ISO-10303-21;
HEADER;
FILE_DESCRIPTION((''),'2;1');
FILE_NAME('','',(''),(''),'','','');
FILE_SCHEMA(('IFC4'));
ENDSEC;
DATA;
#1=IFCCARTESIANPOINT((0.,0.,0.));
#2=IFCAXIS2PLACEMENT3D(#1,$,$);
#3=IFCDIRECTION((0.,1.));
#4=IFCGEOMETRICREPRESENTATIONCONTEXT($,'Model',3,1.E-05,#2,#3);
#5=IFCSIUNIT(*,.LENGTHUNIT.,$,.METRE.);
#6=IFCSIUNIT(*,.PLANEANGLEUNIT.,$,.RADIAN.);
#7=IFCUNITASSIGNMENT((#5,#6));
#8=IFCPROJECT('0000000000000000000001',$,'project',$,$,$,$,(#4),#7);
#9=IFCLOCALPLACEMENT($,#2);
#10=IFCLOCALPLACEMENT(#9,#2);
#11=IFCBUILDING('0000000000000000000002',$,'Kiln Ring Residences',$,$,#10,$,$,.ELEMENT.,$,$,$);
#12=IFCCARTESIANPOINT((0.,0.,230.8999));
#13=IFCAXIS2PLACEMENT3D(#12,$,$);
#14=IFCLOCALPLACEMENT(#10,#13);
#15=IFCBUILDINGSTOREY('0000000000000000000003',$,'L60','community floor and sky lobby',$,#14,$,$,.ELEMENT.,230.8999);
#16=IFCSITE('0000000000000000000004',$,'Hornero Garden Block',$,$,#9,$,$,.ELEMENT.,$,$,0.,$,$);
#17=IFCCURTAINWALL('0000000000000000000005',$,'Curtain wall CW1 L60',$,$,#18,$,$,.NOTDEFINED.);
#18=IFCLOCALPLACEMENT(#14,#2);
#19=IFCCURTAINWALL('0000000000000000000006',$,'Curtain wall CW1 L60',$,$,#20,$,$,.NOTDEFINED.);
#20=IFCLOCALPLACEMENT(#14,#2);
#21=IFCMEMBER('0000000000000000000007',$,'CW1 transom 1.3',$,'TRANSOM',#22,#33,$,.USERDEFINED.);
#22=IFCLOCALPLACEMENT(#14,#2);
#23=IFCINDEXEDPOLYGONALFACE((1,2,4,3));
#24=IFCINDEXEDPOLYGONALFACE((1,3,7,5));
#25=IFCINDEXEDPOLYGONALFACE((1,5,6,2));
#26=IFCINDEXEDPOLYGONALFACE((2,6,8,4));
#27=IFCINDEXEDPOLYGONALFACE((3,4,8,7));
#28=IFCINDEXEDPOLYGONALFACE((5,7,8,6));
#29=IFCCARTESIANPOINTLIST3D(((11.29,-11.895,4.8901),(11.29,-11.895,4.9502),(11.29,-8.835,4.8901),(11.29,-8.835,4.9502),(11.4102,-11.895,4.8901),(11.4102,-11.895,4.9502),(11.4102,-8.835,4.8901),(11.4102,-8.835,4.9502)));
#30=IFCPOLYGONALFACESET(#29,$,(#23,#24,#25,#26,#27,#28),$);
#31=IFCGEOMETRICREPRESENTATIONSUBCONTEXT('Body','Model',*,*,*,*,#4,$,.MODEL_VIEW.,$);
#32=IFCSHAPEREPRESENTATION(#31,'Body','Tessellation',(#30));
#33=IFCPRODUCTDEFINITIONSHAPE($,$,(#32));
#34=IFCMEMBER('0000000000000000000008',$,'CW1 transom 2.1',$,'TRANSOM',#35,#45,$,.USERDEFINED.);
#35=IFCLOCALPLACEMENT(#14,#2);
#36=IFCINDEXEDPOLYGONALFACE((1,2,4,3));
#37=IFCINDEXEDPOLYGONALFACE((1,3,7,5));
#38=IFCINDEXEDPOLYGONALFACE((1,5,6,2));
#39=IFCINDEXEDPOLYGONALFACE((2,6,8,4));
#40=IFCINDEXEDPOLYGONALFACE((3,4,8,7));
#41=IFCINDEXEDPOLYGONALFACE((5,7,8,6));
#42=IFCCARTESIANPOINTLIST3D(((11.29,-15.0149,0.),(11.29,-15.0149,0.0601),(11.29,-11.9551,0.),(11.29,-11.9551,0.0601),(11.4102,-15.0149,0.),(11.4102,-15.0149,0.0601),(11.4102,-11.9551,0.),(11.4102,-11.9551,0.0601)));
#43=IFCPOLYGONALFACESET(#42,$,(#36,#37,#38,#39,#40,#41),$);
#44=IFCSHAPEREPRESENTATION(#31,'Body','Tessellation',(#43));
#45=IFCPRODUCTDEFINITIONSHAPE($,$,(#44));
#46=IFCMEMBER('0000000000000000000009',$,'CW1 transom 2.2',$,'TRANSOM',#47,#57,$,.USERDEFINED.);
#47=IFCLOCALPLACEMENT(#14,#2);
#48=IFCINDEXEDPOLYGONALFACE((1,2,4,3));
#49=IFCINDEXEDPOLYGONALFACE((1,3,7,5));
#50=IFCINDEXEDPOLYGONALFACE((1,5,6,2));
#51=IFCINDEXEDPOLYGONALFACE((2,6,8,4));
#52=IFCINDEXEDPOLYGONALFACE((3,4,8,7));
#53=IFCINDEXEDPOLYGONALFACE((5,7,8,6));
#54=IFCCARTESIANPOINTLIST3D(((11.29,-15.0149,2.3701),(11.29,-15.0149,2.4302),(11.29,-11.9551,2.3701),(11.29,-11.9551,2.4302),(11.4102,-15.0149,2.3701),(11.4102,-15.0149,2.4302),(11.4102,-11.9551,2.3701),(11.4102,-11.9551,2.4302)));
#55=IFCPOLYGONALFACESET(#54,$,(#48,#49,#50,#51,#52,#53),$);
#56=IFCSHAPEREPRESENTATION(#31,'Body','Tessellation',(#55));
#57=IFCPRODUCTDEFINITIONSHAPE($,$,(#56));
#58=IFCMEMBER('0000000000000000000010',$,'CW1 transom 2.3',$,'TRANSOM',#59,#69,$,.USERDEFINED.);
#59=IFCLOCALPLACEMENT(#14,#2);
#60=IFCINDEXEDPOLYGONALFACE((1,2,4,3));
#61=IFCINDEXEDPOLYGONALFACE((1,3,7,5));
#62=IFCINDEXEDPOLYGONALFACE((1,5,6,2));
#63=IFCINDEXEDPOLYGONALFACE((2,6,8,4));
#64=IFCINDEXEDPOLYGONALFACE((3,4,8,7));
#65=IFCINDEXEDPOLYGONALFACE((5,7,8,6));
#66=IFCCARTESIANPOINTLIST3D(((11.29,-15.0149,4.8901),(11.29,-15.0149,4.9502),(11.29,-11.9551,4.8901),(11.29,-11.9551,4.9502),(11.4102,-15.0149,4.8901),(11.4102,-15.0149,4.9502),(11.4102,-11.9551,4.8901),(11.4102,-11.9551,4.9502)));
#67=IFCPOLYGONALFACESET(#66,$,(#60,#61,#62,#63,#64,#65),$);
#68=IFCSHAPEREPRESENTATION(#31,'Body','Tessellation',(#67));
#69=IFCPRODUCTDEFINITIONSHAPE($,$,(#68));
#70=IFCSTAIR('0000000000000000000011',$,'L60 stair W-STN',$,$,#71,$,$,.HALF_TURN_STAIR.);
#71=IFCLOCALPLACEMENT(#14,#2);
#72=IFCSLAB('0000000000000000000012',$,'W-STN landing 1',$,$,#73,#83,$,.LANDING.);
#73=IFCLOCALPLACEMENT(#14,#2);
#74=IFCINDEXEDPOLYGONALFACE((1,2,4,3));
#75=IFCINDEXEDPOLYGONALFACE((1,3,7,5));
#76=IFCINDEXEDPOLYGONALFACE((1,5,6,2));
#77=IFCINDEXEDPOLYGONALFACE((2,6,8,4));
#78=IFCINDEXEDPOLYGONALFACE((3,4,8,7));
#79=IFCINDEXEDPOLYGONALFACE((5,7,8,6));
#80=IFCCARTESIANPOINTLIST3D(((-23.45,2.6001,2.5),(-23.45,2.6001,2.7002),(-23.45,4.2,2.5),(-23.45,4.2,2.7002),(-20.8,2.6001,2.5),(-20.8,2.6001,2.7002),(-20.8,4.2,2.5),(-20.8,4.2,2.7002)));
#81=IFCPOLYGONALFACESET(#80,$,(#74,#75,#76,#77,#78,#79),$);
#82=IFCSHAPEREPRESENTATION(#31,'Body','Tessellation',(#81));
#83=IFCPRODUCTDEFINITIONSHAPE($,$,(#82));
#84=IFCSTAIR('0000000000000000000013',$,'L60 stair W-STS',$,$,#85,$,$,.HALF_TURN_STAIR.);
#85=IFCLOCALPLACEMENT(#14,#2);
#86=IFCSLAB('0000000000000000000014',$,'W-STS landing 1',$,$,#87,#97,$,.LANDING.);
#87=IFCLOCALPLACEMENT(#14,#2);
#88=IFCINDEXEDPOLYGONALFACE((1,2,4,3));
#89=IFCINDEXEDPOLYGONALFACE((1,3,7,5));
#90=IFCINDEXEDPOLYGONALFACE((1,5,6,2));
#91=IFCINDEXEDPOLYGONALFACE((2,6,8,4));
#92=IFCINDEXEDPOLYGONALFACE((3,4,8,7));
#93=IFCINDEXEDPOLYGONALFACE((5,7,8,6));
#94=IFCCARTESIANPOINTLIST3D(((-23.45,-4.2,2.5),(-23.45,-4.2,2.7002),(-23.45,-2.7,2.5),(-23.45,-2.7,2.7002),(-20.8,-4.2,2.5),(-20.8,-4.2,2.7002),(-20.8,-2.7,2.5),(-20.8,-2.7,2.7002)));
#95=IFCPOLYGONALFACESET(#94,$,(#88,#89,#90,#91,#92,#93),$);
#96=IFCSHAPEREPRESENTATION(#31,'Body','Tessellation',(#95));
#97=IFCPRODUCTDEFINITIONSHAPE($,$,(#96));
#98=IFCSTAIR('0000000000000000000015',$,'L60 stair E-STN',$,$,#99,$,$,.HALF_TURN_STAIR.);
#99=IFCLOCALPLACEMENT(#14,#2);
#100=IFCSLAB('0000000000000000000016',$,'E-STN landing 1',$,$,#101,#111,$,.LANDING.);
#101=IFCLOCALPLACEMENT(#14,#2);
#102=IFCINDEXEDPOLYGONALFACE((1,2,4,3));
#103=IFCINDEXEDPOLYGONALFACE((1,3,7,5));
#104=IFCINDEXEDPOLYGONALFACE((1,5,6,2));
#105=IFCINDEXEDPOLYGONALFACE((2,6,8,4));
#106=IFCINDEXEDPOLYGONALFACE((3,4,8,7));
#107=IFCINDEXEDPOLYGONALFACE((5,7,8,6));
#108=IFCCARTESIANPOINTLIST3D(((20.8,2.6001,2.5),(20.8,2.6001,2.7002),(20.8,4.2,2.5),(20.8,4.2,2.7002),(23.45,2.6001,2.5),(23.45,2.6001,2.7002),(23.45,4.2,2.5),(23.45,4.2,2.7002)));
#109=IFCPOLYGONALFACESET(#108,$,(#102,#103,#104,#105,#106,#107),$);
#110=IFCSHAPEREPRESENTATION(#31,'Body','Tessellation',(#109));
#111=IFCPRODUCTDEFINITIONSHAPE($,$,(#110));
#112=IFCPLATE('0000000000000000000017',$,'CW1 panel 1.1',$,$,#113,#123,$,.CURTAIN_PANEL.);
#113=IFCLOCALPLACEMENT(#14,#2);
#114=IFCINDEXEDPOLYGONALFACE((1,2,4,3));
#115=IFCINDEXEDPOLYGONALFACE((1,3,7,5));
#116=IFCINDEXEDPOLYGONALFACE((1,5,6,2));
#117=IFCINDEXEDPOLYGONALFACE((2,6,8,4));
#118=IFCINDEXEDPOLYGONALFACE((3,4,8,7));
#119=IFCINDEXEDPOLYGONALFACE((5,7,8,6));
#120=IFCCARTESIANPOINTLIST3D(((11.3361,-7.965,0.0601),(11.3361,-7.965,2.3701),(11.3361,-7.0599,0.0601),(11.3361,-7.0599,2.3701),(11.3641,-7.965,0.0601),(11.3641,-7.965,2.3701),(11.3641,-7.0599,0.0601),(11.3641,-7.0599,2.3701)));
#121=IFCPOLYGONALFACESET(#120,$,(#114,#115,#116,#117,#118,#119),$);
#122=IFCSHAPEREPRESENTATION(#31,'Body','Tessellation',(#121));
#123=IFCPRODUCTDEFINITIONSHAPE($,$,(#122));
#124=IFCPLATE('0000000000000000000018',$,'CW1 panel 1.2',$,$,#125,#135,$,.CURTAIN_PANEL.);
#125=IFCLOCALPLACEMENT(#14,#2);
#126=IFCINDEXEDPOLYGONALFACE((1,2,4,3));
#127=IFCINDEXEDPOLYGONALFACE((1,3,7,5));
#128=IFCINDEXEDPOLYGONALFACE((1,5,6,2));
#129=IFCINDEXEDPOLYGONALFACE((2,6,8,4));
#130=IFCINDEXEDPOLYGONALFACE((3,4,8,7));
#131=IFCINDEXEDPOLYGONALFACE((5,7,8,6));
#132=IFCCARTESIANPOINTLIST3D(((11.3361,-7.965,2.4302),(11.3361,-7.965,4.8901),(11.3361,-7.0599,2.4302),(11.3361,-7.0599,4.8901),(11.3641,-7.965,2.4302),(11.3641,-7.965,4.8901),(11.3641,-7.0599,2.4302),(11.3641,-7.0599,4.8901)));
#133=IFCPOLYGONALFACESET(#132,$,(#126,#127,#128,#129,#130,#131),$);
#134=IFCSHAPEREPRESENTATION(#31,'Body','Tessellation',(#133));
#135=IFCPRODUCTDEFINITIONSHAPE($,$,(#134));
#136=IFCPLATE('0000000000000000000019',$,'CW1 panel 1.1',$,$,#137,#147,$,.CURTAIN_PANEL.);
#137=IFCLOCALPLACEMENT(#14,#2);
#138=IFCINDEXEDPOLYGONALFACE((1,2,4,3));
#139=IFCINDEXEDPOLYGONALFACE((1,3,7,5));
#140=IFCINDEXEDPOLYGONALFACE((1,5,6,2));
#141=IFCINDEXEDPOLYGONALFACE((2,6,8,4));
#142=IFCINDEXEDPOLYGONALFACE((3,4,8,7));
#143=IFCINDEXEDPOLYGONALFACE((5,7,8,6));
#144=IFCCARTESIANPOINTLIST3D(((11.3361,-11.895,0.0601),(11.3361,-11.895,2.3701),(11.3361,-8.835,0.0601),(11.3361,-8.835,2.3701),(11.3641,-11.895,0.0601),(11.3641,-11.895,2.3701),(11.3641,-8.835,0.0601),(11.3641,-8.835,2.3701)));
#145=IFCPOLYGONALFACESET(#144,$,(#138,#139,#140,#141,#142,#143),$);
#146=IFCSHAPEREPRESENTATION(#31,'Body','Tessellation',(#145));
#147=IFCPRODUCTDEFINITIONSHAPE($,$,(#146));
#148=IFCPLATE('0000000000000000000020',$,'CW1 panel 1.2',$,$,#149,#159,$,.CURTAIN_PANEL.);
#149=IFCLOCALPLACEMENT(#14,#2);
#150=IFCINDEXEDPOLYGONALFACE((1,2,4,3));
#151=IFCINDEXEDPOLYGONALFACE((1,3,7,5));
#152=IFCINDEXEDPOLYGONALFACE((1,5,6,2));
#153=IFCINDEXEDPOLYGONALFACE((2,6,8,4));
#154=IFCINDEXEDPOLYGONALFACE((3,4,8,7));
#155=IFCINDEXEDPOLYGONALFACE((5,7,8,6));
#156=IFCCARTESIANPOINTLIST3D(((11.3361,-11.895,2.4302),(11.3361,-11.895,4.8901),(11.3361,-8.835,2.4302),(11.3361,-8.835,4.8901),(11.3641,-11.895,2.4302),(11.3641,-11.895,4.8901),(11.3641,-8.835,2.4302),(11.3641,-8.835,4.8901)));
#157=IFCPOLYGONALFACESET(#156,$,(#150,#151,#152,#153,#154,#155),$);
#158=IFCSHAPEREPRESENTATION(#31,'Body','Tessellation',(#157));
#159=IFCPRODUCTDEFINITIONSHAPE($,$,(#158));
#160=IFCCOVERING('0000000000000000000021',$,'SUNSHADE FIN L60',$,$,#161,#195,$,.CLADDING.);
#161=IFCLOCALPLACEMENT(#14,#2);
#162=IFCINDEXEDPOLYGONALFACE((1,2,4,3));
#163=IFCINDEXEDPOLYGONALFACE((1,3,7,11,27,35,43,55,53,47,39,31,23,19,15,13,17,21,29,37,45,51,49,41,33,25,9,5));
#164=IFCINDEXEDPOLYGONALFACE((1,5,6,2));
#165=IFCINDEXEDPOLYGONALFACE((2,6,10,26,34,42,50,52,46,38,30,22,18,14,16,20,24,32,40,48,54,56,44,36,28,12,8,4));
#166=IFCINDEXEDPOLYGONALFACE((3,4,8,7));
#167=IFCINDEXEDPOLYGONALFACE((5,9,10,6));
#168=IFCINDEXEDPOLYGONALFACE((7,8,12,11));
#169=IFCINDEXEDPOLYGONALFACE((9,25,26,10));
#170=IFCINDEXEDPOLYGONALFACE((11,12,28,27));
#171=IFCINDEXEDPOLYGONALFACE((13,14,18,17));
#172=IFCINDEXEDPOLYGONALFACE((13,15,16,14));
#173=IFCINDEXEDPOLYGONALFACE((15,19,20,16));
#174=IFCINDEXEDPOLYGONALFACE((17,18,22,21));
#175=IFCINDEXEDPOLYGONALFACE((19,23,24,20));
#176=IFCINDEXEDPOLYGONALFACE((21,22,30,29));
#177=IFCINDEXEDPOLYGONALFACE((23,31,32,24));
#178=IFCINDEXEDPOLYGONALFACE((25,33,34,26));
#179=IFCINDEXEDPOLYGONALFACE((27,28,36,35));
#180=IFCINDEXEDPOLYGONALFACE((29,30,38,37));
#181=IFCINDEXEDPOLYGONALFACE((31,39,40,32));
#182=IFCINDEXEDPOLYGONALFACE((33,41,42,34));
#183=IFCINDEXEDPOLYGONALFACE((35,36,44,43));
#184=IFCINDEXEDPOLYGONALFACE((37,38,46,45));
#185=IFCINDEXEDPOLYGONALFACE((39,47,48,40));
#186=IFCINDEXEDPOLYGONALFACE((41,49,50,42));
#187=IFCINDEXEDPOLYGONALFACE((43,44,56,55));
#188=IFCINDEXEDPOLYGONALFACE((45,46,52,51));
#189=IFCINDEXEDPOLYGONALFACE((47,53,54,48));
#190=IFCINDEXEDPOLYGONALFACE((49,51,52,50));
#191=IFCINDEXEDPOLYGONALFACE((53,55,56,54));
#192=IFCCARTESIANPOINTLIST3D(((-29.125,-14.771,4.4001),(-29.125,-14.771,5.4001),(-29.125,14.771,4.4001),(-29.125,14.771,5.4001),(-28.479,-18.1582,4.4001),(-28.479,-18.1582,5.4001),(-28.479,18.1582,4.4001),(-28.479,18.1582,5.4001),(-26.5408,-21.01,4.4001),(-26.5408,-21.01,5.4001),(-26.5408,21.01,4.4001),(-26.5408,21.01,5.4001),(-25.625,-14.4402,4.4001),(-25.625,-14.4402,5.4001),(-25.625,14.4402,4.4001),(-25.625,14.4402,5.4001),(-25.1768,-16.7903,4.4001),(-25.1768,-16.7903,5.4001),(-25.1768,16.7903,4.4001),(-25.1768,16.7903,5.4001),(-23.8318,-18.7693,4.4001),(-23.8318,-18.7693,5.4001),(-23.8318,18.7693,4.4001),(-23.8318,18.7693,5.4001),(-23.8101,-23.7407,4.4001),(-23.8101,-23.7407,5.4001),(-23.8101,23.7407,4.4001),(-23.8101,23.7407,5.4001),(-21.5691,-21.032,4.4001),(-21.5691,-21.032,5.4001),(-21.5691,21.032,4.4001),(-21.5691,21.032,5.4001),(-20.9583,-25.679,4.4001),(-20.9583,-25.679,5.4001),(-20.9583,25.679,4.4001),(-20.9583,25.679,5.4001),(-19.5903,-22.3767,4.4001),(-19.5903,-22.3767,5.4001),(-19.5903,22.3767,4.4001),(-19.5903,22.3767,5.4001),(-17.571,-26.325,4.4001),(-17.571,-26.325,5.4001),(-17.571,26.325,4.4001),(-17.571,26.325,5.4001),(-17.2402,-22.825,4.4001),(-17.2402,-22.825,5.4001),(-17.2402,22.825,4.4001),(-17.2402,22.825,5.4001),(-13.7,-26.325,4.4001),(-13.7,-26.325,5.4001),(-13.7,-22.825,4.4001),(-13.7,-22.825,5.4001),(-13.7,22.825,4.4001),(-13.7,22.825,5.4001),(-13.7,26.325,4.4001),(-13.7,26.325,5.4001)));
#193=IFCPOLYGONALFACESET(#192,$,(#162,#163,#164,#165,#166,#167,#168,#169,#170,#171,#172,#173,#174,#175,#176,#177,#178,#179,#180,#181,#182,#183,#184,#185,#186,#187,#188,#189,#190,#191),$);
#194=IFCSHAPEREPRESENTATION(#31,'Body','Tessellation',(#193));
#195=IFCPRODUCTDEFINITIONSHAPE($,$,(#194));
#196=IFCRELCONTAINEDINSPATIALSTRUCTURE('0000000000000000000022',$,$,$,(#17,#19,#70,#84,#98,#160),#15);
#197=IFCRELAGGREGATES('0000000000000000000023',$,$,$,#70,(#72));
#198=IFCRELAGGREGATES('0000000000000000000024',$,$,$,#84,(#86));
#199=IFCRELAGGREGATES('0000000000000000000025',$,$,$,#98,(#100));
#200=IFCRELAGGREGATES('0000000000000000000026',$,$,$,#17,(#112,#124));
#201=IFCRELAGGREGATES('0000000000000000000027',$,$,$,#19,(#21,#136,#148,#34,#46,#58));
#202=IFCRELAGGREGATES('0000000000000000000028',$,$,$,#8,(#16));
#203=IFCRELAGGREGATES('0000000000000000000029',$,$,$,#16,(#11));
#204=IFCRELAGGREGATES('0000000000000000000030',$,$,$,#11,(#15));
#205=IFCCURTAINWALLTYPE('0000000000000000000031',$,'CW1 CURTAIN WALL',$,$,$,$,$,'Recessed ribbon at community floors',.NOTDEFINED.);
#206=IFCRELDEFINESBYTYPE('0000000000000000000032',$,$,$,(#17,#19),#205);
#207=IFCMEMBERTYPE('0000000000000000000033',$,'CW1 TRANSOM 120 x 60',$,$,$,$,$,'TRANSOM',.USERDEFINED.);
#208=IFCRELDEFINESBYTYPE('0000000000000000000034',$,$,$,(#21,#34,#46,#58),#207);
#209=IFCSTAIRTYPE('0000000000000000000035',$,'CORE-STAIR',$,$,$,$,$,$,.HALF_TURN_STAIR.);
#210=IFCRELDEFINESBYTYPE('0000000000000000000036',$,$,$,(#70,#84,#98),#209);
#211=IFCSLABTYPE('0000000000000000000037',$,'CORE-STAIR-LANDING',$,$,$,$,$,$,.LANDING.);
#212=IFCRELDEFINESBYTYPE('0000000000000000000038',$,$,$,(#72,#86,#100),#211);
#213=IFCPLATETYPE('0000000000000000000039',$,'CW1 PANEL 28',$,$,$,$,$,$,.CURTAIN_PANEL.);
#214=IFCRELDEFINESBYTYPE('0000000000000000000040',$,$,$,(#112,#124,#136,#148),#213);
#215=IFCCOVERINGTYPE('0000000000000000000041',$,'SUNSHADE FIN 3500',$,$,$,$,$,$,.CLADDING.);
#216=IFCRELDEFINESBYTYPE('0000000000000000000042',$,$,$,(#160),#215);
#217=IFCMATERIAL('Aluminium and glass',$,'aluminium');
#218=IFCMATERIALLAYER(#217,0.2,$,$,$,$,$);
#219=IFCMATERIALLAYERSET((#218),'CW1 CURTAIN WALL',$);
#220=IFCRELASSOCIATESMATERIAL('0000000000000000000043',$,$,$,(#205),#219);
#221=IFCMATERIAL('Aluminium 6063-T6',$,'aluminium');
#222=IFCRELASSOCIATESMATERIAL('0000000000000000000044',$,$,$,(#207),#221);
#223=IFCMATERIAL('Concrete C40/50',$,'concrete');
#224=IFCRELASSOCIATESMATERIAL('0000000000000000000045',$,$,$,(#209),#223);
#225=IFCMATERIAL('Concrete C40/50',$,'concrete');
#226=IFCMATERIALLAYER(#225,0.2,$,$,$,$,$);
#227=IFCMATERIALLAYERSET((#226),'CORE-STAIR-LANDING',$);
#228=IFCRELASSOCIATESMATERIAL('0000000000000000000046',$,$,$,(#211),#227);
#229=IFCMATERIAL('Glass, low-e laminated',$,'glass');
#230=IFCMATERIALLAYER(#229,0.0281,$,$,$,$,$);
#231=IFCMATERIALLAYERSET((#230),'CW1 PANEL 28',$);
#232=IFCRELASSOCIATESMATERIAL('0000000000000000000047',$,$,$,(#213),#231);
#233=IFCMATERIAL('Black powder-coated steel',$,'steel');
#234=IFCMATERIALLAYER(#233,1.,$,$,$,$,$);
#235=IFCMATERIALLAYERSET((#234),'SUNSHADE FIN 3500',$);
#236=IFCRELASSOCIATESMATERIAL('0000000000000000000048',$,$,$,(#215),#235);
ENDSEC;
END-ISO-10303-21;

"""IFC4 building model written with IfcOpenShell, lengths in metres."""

from ifc_helpers import new_model, si_unit, direction, frame, origin, origin_2d, place, context, subcontext, project, spatial, polyline, rectangle, outline, extrude, material, layer, layer_set, material_profile, profile_set, type_object, element, aggregate, save


model = new_model("IFC4")

# Units and contexts
model_context = context("Model", 3, precision=1e-05, world=origin(), true_north=direction((0.0, 1.0)))
body_context = subcontext(model_context, "Body", "Model", "MODEL_VIEW")
ifc_project = project(units=[si_unit("LENGTHUNIT", "METRE"), si_unit("PLANEANGLEUNIT", "RADIAN")], contexts=[model_context])

# Site, building, storey
site_placement = place(None, origin())
site = spatial("IfcSite", under=ifc_project, at=site_placement, Name="Hornero Garden Block", CompositionType="ELEMENT", RefElevation=0.0)
building_placement = place(site_placement, origin())
building = spatial("IfcBuilding", under=site, at=building_placement, Name="Kiln Ring Residences", CompositionType="ELEMENT")
storey_placement = place(building_placement, frame((0.0, 0.0, 230.8999)))
storey = spatial("IfcBuildingStorey", under=building, at=storey_placement, Name="L60", Description="community floor and sky lobby", CompositionType="ELEMENT", Elevation=230.8999)

# Curtain wall
ifc_material_1 = material(Name="Aluminium and glass", Category="aluminium")
ifc_layer_1 = layer(ifc_material_1, 0.2)
ifc_layer_set_1 = layer_set([ifc_layer_1], Name="CW1 CURTAIN WALL")
curtain_wall_type = type_object("IfcCurtainWallType", Name="CW1 CURTAIN WALL", ElementType="Recessed ribbon at community floors", PredefinedType="NOTDEFINED", material=ifc_layer_set_1)
placement_1 = place(storey_placement, origin())
curtain_wall_1 = element("IfcCurtainWall", 1, at=placement_1, inside=storey, type_object=curtain_wall_type, Name="Curtain wall CW1 L60", PredefinedType="NOTDEFINED")

# Curtain wall, members
curtain_wall_2 = element("IfcCurtainWall", 2, at=placement_1, inside=storey, type_object=curtain_wall_type, Name="Curtain wall CW1 L60", PredefinedType="NOTDEFINED")
ifc_material_2 = material(Name="Aluminium 6063-T6", Category="aluminium")
ifc_material_profile_1 = material_profile(ifc_material_2, rectangle(XDim=0.1201, YDim=0.0601, at=origin_2d()), Name="AL 120x60")
ifc_profile_set_1 = profile_set([ifc_material_profile_1], Name="Aluminium 6063-T6")
member_type_1 = type_object("IfcMemberType", Name="CW1 TRANSOM 120 x 60", ElementType="TRANSOM", PredefinedType="USERDEFINED", material=ifc_profile_set_1)
member_1_placement = place(storey_placement, frame((11.3501, -8.835, 4.9202), z_axis=(0.0, -1.0, 0.0), x_axis=(1.0, 0.0, 0.0)))
member_1 = element("IfcMember", 3, at=member_1_placement, type_object=member_type_1, Name="CW1 transom 1.3", ObjectType="TRANSOM", PredefinedType="USERDEFINED", context=body_context, shape_type="SweptSolid", body=[
    extrude(rectangle(XDim=0.1201, YDim=0.0601, at=origin_2d()), origin(), (0.0, 0.0, 1.0), 3.0601),
])
member_2_placement = place(storey_placement, frame((11.3501, -11.9551, 0.03), z_axis=(0.0, -1.0, 0.0), x_axis=(1.0, 0.0, 0.0)))
member_2 = element("IfcMember", 4, at=member_2_placement, type_object=member_type_1, Name="CW1 transom 2.1", ObjectType="TRANSOM", PredefinedType="USERDEFINED", context=body_context, shape_type="SweptSolid", body=[
    extrude(rectangle(XDim=0.1201, YDim=0.0601, at=origin_2d()), origin(), (0.0, 0.0, 1.0), 3.0598),
])
member_3_placement = place(storey_placement, frame((11.3501, -11.9551, 2.4001), z_axis=(0.0, -1.0, 0.0), x_axis=(1.0, 0.0, 0.0)))
member_3 = element("IfcMember", 5, at=member_3_placement, type_object=member_type_1, Name="CW1 transom 2.2", ObjectType="TRANSOM", PredefinedType="USERDEFINED", context=body_context, shape_type="SweptSolid", body=[
    extrude(rectangle(XDim=0.1201, YDim=0.0601, at=origin_2d()), origin(), (0.0, 0.0, 1.0), 3.0598),
])
member_4_placement = place(storey_placement, frame((11.3501, -11.9551, 4.9202), z_axis=(0.0, -1.0, 0.0), x_axis=(1.0, 0.0, 0.0)))
member_4 = element("IfcMember", 6, at=member_4_placement, type_object=member_type_1, Name="CW1 transom 2.3", ObjectType="TRANSOM", PredefinedType="USERDEFINED", context=body_context, shape_type="SweptSolid", body=[
    extrude(rectangle(XDim=0.1201, YDim=0.0601, at=origin_2d()), origin(), (0.0, 0.0, 1.0), 3.0598),
])

# Stairs, slabs
ifc_material_3 = material(Name="Concrete C40/50", Category="concrete")
stair_type = type_object("IfcStairType", Name="CORE-STAIR", PredefinedType="HALF_TURN_STAIR", material=ifc_material_3)
stair_1 = element("IfcStair", 7, at=placement_1, inside=storey, type_object=stair_type, Name="L60 stair W-STN", PredefinedType="HALF_TURN_STAIR")
ifc_material_4 = material(Name="Concrete C40/50", Category="concrete")
ifc_layer_2 = layer(ifc_material_4, 0.2)
ifc_layer_set_2 = layer_set([ifc_layer_2], Name="CORE-STAIR-LANDING")
slab_type = type_object("IfcSlabType", Name="CORE-STAIR-LANDING", PredefinedType="LANDING", material=ifc_layer_set_2)
placement_2 = place(storey_placement, frame((0.0, 0.0, 2.5)))
slab_1 = element("IfcSlab", 8, at=placement_2, type_object=slab_type, Name="W-STN landing 1", PredefinedType="LANDING", context=body_context, shape_type="SweptSolid", body=[
    extrude(outline(polyline([(-23.45, 4.2), (-23.45, 2.6001), (-20.8, 2.6001), (-20.8, 4.2), (-23.45, 4.2)])), origin(), (0.0, 0.0, 1.0), 0.2002),
])
aggregate(stair_1, [slab_1])
stair_2 = element("IfcStair", 9, at=placement_1, inside=storey, type_object=stair_type, Name="L60 stair W-STS", PredefinedType="HALF_TURN_STAIR")
slab_2 = element("IfcSlab", 10, at=placement_2, type_object=slab_type, Name="W-STS landing 1", PredefinedType="LANDING", context=body_context, shape_type="SweptSolid", body=[
    extrude(outline(polyline([(-20.8, -4.2), (-20.8, -2.7), (-23.45, -2.7), (-23.45, -4.2), (-20.8, -4.2)])), origin(), (0.0, 0.0, 1.0), 0.2002),
])
aggregate(stair_2, [slab_2])
stair_3 = element("IfcStair", 11, at=placement_1, inside=storey, type_object=stair_type, Name="L60 stair E-STN", PredefinedType="HALF_TURN_STAIR")
slab_3 = element("IfcSlab", 12, at=placement_2, type_object=slab_type, Name="E-STN landing 1", PredefinedType="LANDING", context=body_context, shape_type="SweptSolid", body=[
    extrude(outline(polyline([(20.8, 4.2), (20.8, 2.6001), (23.45, 2.6001), (23.45, 4.2), (20.8, 4.2)])), origin(), (0.0, 0.0, 1.0), 0.2002),
])
aggregate(stair_3, [slab_3])

# Plates
ifc_material_5 = material(Name="Glass, low-e laminated", Category="glass")
ifc_layer_3 = layer(ifc_material_5, 0.0281)
ifc_layer_set_3 = layer_set([ifc_layer_3], Name="CW1 PANEL 28")
plate_type = type_object("IfcPlateType", Name="CW1 PANEL 28", PredefinedType="CURTAIN_PANEL", material=ifc_layer_set_3)
plate_1_placement = place(storey_placement, frame((11.3501, -7.5125, 0.0601), z_axis=(0.0, 0.0, 1.0), x_axis=(0.0, -1.0, 0.0)))
plate_1 = element("IfcPlate", 13, at=plate_1_placement, type_object=plate_type, Name="CW1 panel 1.1", PredefinedType="CURTAIN_PANEL", context=body_context, shape_type="SweptSolid", body=[
    extrude(rectangle(XDim=0.905, YDim=0.0281, at=origin_2d()), origin(), (0.0, 0.0, 1.0), 2.3101),
])
plate_2_placement = place(storey_placement, frame((11.3501, -7.5125, 2.4302), z_axis=(0.0, 0.0, 1.0), x_axis=(0.0, -1.0, 0.0)))
plate_2 = element("IfcPlate", 14, at=plate_2_placement, type_object=plate_type, Name="CW1 panel 1.2", PredefinedType="CURTAIN_PANEL", context=body_context, shape_type="SweptSolid", body=[
    extrude(rectangle(XDim=0.905, YDim=0.0281, at=origin_2d()), origin(), (0.0, 0.0, 1.0), 2.46),
])
aggregate(curtain_wall_1, [plate_1, plate_2])
plate_3_placement = place(storey_placement, frame((11.3501, -10.365, 0.0601), z_axis=(0.0, 0.0, 1.0), x_axis=(0.0, -1.0, 0.0)))
plate_3 = element("IfcPlate", 15, at=plate_3_placement, type_object=plate_type, Name="CW1 panel 1.1", PredefinedType="CURTAIN_PANEL", context=body_context, shape_type="SweptSolid", body=[
    extrude(rectangle(XDim=3.0601, YDim=0.0281, at=origin_2d()), origin(), (0.0, 0.0, 1.0), 2.3101),
])
plate_4_placement = place(storey_placement, frame((11.3501, -10.365, 2.4302), z_axis=(0.0, 0.0, 1.0), x_axis=(0.0, -1.0, 0.0)))
plate_4 = element("IfcPlate", 16, at=plate_4_placement, type_object=plate_type, Name="CW1 panel 1.2", PredefinedType="CURTAIN_PANEL", context=body_context, shape_type="SweptSolid", body=[
    extrude(rectangle(XDim=3.0601, YDim=0.0281, at=origin_2d()), origin(), (0.0, 0.0, 1.0), 2.46),
])
aggregate(curtain_wall_2, [member_1, plate_3, plate_4, member_2, member_3, member_4])

# Covering
ifc_material_6 = material(Name="Black powder-coated steel", Category="steel")
ifc_layer_4 = layer(ifc_material_6, 1.0)
ifc_layer_set_4 = layer_set([ifc_layer_4], Name="SUNSHADE FIN 3500")
covering_type = type_object("IfcCoveringType", Name="SUNSHADE FIN 3500", PredefinedType="CLADDING", material=ifc_layer_set_4)
placement_3 = place(storey_placement, frame((0.0, 0.0, 4.4001)))
element("IfcCovering", 17, at=placement_3, inside=storey, type_object=covering_type, Name="SUNSHADE FIN L60", PredefinedType="CLADDING", context=body_context, shape_type="SweptSolid", body=[
    extrude(outline(polyline([(-28.479, 18.1582), (-29.125, 14.771), (-29.125, -14.771), (-28.479, -18.1582), (-26.5408, -21.01), (-23.8101, -23.7407), (-20.9583, -25.679), (-17.571, -26.325), (-13.7, -26.325), (-13.7, -22.825), (-17.2402, -22.825), (-19.5903, -22.3767), (-21.5691, -21.032), (-23.8318, -18.7693), (-25.1768, -16.7903), (-25.625, -14.4402), (-25.625, 14.4402), (-25.1768, 16.7903), (-23.8318, 18.7693), (-21.5691, 21.032), (-19.5903, 22.3767), (-17.2402, 22.825), (-13.7, 22.825), (-13.7, 26.325), (-17.571, 26.325), (-20.9583, 25.679), (-23.8101, 23.7407), (-26.5408, 21.01), (-28.479, 18.1582)])), origin(), (0.0, 0.0, 1.0), 1.0),
])

save(model, "model.ifc")
